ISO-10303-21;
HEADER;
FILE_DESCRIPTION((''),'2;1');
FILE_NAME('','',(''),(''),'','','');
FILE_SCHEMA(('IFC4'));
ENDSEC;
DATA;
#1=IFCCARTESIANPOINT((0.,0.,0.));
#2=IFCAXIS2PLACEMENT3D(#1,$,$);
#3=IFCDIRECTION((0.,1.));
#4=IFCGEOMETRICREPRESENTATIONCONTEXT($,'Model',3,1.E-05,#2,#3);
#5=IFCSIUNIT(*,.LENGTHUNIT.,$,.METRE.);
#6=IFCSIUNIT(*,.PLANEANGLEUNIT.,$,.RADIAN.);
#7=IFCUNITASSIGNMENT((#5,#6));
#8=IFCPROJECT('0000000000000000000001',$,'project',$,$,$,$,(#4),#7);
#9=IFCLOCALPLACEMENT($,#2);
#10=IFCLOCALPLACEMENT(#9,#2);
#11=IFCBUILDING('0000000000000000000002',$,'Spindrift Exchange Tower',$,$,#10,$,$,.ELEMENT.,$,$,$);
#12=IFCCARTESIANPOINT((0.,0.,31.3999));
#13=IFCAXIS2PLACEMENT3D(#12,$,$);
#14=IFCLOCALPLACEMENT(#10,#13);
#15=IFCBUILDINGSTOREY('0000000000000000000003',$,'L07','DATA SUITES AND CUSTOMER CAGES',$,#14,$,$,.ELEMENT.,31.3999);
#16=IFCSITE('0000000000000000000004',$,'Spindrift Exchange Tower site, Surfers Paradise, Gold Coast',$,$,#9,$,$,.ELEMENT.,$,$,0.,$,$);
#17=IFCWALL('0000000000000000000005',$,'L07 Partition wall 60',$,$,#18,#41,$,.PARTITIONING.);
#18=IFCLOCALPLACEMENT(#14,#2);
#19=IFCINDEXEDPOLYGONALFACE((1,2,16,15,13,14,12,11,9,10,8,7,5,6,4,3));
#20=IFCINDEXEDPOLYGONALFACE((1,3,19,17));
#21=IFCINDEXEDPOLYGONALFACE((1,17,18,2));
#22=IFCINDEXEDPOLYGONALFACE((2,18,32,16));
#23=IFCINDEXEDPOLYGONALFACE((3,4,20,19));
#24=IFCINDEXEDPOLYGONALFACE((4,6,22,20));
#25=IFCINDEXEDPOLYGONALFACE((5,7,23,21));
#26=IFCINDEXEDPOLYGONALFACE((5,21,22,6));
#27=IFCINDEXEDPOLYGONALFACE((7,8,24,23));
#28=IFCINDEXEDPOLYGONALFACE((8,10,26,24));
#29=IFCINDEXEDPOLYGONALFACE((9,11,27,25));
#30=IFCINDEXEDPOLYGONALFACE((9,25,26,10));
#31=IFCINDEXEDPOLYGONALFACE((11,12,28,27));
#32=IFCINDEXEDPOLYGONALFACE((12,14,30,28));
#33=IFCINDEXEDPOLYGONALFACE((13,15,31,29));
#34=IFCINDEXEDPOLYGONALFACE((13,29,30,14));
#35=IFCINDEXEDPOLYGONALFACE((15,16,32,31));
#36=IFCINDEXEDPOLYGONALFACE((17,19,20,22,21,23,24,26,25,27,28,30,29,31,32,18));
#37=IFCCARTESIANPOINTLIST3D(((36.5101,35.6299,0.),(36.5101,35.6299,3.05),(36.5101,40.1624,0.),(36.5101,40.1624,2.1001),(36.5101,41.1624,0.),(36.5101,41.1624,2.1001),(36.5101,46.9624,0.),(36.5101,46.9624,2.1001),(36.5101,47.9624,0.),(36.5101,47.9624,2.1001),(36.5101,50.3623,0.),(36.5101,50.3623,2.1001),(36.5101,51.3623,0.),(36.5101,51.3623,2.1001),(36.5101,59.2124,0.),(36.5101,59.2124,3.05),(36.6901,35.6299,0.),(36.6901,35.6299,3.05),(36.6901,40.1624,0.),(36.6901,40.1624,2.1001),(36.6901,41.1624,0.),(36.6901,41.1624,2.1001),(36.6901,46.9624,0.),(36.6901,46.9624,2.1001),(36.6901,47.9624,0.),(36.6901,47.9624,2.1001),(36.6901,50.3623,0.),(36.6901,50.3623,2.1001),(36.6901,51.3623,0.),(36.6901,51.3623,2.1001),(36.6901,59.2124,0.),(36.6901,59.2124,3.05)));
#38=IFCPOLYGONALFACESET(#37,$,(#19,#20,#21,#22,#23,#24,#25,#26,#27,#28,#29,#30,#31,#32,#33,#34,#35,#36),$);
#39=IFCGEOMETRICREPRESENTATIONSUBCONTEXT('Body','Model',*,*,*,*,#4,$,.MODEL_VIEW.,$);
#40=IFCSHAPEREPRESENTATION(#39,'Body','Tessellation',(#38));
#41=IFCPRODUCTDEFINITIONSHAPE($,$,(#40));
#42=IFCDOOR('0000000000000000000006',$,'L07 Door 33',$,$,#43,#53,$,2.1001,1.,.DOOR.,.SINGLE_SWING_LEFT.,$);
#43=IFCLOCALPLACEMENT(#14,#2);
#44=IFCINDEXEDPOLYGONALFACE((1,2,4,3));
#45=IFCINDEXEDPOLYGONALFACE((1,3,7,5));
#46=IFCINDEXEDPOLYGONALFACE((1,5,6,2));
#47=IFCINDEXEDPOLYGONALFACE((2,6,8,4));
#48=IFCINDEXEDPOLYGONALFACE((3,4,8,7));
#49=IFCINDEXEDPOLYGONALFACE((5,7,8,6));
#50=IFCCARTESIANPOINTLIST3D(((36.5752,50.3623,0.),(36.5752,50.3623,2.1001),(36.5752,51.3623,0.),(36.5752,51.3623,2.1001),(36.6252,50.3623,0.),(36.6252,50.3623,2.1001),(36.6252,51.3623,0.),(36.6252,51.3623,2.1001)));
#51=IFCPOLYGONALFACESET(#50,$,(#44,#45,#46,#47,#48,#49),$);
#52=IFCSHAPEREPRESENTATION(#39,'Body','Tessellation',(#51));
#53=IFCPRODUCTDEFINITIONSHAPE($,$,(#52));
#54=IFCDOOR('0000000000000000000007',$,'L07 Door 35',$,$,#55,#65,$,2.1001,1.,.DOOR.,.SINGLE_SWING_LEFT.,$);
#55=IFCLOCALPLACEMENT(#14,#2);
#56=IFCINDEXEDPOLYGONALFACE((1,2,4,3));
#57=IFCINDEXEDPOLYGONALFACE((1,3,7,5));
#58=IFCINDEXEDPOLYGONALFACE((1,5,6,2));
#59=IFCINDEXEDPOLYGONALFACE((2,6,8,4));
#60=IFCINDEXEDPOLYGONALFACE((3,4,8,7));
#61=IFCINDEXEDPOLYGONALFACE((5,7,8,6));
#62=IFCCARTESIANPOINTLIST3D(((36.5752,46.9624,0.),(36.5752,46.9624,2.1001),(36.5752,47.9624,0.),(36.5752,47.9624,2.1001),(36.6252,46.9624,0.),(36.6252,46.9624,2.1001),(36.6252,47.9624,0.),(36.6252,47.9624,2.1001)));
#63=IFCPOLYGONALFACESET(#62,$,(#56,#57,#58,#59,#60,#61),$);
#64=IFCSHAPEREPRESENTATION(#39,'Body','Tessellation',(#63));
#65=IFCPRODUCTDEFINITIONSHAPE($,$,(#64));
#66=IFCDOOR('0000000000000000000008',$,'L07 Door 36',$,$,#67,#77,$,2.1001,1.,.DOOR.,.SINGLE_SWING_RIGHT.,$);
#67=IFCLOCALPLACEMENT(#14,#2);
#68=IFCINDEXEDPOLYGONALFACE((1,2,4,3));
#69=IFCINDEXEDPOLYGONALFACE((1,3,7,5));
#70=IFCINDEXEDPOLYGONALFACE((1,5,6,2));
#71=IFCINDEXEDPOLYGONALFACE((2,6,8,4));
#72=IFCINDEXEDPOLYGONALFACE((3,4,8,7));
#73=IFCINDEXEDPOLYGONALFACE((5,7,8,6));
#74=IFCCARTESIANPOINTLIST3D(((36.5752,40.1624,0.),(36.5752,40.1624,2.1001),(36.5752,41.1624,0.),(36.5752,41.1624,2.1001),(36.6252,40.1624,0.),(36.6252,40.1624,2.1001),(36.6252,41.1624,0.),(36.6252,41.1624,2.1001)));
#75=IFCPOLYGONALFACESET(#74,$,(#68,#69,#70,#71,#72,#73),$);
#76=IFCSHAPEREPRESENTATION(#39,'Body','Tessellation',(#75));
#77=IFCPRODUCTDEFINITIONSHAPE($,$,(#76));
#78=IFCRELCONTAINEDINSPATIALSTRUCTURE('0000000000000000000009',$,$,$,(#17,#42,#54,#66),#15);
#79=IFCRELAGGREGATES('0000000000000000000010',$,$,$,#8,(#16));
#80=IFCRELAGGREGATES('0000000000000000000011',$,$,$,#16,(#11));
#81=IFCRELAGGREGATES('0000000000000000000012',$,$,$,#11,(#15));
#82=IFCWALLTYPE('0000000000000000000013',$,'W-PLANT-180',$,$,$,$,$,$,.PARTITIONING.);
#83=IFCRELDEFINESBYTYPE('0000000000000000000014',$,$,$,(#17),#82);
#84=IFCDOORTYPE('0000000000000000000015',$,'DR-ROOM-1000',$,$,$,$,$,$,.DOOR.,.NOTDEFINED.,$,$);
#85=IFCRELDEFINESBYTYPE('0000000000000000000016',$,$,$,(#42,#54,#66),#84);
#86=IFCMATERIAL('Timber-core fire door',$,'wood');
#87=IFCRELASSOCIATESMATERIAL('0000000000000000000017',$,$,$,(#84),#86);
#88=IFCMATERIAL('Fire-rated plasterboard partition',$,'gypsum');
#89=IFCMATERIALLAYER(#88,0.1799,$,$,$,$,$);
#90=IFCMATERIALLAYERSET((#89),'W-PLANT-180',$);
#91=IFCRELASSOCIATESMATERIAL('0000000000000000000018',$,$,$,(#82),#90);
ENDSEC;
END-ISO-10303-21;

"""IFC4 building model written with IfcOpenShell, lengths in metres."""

from ifc_helpers import new_model, si_unit, direction, frame, frame_2d, origin, place, context, subcontext, project, spatial, rectangle, extrude, source, transform, mapped, material, layer, layer_set, type_object, element, fill, save


model = new_model("IFC4")

# Units and contexts
model_context = context("Model", 3, precision=1e-05, world=origin(), true_north=direction((0.0, 1.0)))
body_context = subcontext(model_context, "Body", "Model", "MODEL_VIEW")
ifc_project = project(units=[si_unit("LENGTHUNIT", "METRE"), si_unit("PLANEANGLEUNIT", "RADIAN")], contexts=[model_context])

# Site, building, storey
site_placement = place(None, origin())
site = spatial("IfcSite", under=ifc_project, at=site_placement, Name="Spindrift Exchange Tower site, Surfers Paradise, Gold Coast", CompositionType="ELEMENT", RefElevation=0.0)
building_placement = place(site_placement, origin())
building = spatial("IfcBuilding", under=site, at=building_placement, Name="Spindrift Exchange Tower", CompositionType="ELEMENT")
storey_placement = place(building_placement, frame((0.0, 0.0, 31.3999)))
storey = spatial("IfcBuildingStorey", under=building, at=storey_placement, Name="L07", Description="DATA SUITES AND CUSTOMER CAGES", CompositionType="ELEMENT", Elevation=31.3999)

# Shared definitions
ifc_material_1 = material(Name="Fire-rated plasterboard partition", Category="gypsum")
ifc_material_2 = material(Name="Timber-core fire door", Category="wood")
door_type = type_object("IfcDoorType", Name="DR-ROOM-1000", OperationType="NOTDEFINED", PredefinedType="DOOR", material=ifc_material_2)
shared_shape_1 = source(origin(), body_context, "Body", "SweptSolid", [
    extrude(rectangle(XDim=1.0, YDim=2.1001, at=frame_2d((0.5, 1.05))), frame((0.0, 0.0249, 0.0), z_axis=(0.0, -1.0, 0.0), x_axis=(1.0, 0.0, 0.0)), (0.0, 0.0, 1.0), 0.05),
])

# Wall, openings, doors
ifc_layer_1 = layer(ifc_material_1, 0.1799)
ifc_layer_set_1 = layer_set([ifc_layer_1], Name="W-PLANT-180")
wall_type_1 = type_object("IfcWallType", Name="W-PLANT-180", PredefinedType="PARTITIONING", material=ifc_layer_set_1)
wall_1_placement = place(storey_placement, frame((36.6001, 35.6299, 0.0), z_axis=(0.0, 0.0, 1.0), x_axis=(0.0, 1.0, 0.0)))
wall_1 = element("IfcWall", 1, at=wall_1_placement, inside=storey, type_object=wall_type_1, Name="L07 Partition wall 60", PredefinedType="PARTITIONING", context=body_context, shape_type="SweptSolid", body=[
    extrude(rectangle(XDim=23.5825, YDim=0.1799, at=frame_2d((11.7913, 0.0))), origin(), (0.0, 0.0, 1.0), 3.05),
])
opening_1_placement = place(wall_1_placement, frame((14.7324, 0.0, 0.0)))
opening_1 = element("IfcOpeningElement", 2, at=opening_1_placement, cuts=wall_1, PredefinedType="OPENING", context=body_context, shape_type="SweptSolid", body=[
    extrude(rectangle(XDim=1.0, YDim=2.1001, at=frame_2d((0.5, 1.05))), frame((0.0, 0.0999, 0.0), z_axis=(0.0, -1.0, 0.0), x_axis=(1.0, 0.0, 0.0)), (0.0, 0.0, 1.0), 0.2),
])
opening_2_placement = place(wall_1_placement, frame((11.3325, 0.0, 0.0)))
opening_2 = element("IfcOpeningElement", 3, at=opening_2_placement, cuts=wall_1, PredefinedType="OPENING", context=body_context, shape_type="SweptSolid", body=[
    extrude(rectangle(XDim=1.0, YDim=2.1001, at=frame_2d((0.5, 1.05))), frame((0.0, 0.0999, 0.0), z_axis=(0.0, -1.0, 0.0), x_axis=(1.0, 0.0, 0.0)), (0.0, 0.0, 1.0), 0.2),
])
opening_3_placement = place(wall_1_placement, frame((4.5325, 0.0, 0.0)))
opening_3 = element("IfcOpeningElement", 4, at=opening_3_placement, cuts=wall_1, PredefinedType="OPENING", context=body_context, shape_type="SweptSolid", body=[
    extrude(rectangle(XDim=1.0, YDim=2.1001, at=frame_2d((0.5, 1.05))), frame((0.0, 0.0999, 0.0), z_axis=(0.0, -1.0, 0.0), x_axis=(1.0, 0.0, 0.0)), (0.0, 0.0, 1.0), 0.2),
])
door_1_placement = place(opening_1_placement, origin())
door_1 = element("IfcDoor", 5, at=door_1_placement, inside=storey, type_object=door_type, Name="L07 Door 33", OperationType="SINGLE_SWING_LEFT", OverallHeight=2.1001, OverallWidth=1.0, PredefinedType="DOOR", context=body_context, shape_type="MappedRepresentation", body=[
    mapped(shared_shape_1, transform((0.0, 0.0, 0.0), scale=1.0)),
])
fill(opening_1, door_1)
door_2_placement = place(opening_2_placement, origin())
door_2 = element("IfcDoor", 6, at=door_2_placement, inside=storey, type_object=door_type, Name="L07 Door 35", OperationType="SINGLE_SWING_LEFT", OverallHeight=2.1001, OverallWidth=1.0, PredefinedType="DOOR", context=body_context, shape_type="MappedRepresentation", body=[
    mapped(shared_shape_1, transform((0.0, 0.0, 0.0), scale=1.0)),
])
fill(opening_2, door_2)
door_3_placement = place(opening_3_placement, origin())
door_3 = element("IfcDoor", 7, at=door_3_placement, inside=storey, type_object=door_type, Name="L07 Door 36", OperationType="SINGLE_SWING_RIGHT", OverallHeight=2.1001, OverallWidth=1.0, PredefinedType="DOOR", context=body_context, shape_type="MappedRepresentation", body=[
    mapped(shared_shape_1, transform((0.0, 0.0, 0.0), scale=1.0)),
])
fill(opening_3, door_3)

save(model, "model.ifc")
